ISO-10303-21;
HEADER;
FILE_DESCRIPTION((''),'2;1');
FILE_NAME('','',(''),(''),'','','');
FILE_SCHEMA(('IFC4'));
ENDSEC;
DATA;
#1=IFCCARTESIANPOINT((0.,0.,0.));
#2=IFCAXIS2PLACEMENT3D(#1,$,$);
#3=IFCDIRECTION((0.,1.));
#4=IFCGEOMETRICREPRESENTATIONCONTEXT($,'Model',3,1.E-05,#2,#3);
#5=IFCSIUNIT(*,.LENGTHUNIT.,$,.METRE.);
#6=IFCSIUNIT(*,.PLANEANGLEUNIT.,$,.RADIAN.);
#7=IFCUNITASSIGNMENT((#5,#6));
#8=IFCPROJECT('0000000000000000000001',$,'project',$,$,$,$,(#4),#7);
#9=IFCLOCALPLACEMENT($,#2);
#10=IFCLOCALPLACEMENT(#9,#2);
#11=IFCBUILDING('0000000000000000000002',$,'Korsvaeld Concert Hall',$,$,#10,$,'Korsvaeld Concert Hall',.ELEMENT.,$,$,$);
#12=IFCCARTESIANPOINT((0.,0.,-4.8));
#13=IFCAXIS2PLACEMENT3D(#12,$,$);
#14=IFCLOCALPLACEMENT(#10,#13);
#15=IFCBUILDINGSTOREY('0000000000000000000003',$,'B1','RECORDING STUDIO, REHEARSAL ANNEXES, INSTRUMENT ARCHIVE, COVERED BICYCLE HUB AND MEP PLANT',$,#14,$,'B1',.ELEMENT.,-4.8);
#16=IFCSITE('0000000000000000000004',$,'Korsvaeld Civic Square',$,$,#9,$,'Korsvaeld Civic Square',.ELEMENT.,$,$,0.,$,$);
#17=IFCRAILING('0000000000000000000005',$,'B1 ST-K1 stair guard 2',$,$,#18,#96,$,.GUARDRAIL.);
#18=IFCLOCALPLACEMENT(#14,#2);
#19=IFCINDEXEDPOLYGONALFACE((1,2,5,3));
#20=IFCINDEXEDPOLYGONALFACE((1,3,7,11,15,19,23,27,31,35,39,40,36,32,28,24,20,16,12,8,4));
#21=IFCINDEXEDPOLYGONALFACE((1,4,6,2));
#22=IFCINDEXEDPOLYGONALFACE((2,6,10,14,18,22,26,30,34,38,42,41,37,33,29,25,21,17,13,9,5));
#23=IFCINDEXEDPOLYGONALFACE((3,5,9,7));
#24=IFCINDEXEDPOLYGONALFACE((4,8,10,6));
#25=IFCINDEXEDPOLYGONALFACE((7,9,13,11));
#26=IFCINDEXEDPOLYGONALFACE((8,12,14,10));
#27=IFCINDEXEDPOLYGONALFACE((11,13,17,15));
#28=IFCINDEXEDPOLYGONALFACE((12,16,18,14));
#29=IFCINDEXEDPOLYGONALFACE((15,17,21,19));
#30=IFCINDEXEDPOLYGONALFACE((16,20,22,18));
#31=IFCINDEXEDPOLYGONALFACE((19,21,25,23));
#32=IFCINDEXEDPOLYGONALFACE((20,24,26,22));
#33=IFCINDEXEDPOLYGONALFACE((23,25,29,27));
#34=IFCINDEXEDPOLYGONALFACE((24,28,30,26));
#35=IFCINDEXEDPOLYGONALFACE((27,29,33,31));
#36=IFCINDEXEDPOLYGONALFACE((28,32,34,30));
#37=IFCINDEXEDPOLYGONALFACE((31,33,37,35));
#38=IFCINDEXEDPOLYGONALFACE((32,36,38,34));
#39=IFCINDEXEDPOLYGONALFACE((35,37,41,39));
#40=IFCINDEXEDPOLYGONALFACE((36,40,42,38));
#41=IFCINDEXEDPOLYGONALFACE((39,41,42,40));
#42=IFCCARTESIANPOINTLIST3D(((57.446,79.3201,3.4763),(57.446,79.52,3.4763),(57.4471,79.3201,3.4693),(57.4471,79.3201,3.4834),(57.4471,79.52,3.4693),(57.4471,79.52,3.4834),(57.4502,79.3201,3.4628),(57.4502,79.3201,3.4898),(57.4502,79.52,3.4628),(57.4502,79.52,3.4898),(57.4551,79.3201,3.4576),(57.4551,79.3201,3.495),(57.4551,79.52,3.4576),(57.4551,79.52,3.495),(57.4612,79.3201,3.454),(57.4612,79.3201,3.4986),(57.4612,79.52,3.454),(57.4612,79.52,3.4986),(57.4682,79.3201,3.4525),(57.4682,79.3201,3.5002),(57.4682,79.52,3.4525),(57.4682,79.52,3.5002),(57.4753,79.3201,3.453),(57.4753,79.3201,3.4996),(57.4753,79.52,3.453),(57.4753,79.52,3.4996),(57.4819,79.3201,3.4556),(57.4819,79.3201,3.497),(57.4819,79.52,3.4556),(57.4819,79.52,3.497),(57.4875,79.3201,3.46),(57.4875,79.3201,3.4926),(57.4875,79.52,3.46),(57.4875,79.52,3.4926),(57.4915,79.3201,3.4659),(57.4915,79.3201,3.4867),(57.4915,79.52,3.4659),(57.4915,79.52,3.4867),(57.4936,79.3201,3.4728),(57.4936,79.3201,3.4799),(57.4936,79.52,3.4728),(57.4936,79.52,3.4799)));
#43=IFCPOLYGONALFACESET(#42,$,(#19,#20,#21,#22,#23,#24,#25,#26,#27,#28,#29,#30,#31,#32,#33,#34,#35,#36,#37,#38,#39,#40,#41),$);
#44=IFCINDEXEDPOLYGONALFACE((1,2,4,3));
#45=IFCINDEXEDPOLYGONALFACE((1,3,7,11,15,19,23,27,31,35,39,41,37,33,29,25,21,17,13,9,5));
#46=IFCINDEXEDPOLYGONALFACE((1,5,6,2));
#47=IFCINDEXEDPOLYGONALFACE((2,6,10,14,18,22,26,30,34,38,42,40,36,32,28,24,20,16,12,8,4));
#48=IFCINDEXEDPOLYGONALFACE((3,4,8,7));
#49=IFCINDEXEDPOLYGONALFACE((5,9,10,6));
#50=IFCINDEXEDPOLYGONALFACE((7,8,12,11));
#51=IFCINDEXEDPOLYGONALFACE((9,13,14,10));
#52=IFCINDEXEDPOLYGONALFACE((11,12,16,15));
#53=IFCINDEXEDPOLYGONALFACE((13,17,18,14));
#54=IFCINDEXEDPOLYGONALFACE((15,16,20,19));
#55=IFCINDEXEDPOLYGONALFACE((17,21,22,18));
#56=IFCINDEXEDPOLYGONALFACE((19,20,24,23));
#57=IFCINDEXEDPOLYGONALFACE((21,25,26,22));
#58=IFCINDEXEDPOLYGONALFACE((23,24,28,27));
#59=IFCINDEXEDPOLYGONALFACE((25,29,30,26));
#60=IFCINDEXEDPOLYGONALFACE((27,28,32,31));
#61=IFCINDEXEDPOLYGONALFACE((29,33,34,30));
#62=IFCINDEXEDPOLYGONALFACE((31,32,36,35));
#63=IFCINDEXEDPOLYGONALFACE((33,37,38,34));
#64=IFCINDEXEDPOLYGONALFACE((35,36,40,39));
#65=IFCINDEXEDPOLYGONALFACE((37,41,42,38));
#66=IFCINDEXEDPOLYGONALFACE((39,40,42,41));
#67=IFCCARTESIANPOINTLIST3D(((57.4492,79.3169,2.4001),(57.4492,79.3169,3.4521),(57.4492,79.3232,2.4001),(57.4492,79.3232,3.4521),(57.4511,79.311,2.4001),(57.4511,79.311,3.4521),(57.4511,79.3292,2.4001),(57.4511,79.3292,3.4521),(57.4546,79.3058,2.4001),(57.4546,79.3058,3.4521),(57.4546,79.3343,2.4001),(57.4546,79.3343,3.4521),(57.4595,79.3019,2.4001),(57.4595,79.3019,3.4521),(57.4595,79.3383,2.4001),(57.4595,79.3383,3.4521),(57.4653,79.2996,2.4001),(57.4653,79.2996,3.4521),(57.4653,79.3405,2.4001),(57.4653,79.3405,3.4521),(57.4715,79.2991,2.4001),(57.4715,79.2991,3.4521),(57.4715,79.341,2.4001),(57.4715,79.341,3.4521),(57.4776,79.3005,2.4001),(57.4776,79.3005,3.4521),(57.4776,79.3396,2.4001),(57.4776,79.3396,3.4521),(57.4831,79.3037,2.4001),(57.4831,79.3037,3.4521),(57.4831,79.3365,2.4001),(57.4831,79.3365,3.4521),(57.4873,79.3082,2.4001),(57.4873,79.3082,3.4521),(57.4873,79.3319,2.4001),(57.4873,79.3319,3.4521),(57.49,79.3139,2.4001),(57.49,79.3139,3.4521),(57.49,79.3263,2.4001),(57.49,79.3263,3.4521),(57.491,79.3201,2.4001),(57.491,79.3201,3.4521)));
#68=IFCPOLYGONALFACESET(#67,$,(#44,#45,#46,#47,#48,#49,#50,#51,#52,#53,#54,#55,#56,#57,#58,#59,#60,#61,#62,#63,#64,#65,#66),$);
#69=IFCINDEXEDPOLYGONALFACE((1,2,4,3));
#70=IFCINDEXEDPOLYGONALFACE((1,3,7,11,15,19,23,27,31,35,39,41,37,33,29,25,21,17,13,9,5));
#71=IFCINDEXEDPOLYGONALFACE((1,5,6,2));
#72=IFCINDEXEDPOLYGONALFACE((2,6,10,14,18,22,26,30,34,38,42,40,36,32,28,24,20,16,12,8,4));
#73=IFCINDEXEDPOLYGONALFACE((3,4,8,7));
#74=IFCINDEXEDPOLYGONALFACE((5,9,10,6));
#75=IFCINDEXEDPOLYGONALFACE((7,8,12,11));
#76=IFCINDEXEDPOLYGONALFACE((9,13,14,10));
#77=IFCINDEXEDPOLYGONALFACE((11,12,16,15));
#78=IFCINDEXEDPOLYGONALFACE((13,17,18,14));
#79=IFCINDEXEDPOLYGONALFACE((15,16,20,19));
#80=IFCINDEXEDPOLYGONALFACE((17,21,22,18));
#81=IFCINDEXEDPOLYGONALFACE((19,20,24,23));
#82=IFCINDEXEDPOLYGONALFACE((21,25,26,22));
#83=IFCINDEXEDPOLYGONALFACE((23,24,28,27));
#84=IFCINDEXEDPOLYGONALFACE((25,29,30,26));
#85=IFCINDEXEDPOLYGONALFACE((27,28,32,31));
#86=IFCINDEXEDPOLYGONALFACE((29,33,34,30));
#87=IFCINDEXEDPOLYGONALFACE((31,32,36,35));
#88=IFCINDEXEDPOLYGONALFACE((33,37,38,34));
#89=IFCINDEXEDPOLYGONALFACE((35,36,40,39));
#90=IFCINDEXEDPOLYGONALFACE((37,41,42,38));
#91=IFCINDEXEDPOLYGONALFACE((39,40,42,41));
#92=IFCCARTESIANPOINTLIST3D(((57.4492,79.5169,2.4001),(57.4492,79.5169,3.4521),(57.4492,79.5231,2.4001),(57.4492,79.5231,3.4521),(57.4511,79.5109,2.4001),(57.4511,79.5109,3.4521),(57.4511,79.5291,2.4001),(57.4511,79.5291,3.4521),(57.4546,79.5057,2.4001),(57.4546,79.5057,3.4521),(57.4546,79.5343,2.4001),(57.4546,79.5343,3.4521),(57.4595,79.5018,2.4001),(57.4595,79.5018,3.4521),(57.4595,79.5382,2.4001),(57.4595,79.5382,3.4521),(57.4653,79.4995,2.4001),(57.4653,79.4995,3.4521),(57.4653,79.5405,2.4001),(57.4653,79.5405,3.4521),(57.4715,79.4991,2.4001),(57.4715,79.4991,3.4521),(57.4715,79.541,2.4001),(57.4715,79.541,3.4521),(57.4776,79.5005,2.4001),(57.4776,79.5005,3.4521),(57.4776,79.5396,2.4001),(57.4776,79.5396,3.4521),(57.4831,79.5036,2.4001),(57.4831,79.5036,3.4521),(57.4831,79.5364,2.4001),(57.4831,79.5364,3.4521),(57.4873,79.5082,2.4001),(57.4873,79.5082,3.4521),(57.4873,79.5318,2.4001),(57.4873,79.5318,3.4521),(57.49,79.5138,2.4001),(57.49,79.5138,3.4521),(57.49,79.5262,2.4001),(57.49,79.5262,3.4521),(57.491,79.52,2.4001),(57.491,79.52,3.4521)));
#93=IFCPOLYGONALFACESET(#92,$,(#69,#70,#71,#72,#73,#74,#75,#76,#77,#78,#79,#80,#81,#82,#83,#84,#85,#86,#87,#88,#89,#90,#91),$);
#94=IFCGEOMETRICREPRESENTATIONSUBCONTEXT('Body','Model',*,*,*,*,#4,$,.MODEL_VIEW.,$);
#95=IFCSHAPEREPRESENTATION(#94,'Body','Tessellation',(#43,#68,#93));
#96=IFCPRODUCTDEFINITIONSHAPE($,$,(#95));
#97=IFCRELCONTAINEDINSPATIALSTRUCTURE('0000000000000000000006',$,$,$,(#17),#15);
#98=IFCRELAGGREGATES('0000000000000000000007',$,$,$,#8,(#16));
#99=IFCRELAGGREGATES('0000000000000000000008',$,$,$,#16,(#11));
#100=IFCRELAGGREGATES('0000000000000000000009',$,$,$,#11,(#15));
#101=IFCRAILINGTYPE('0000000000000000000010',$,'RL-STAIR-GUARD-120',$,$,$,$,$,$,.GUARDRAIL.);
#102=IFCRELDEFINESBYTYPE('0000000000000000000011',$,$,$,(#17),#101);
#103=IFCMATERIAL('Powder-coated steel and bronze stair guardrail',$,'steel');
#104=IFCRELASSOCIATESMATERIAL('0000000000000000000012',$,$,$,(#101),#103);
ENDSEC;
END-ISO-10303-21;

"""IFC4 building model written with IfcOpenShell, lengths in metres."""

from ifc_helpers import new_model, si_unit, direction, frame, origin, origin_2d, place, context, subcontext, project, spatial, circle, extrude, material, type_object, element, save


model = new_model("IFC4")

# Units and contexts
model_context = context("Model", 3, precision=1e-05, world=origin(), true_north=direction((0.0, 1.0)))
body_context = subcontext(model_context, "Body", "Model", "MODEL_VIEW")
ifc_project = project(units=[si_unit("LENGTHUNIT", "METRE"), si_unit("PLANEANGLEUNIT", "RADIAN")], contexts=[model_context])

# Site, building, storey
site_placement = place(None, origin())
site = spatial("IfcSite", under=ifc_project, at=site_placement, Name="Korsvaeld Civic Square", LongName="Korsvaeld Civic Square", CompositionType="ELEMENT", RefElevation=0.0)
building_placement = place(site_placement, origin())
building = spatial("IfcBuilding", under=site, at=building_placement, Name="Korsvaeld Concert Hall", LongName="Korsvaeld Concert Hall", CompositionType="ELEMENT")
storey_placement = place(building_placement, frame((0.0, 0.0, -4.8)))
storey = spatial("IfcBuildingStorey", under=building, at=storey_placement, Name="B1", Description="RECORDING STUDIO, REHEARSAL ANNEXES, INSTRUMENT ARCHIVE, COVERED BICYCLE HUB AND MEP PLANT", LongName="B1", CompositionType="ELEMENT", Elevation=-4.8)

# Railing
ifc_material_1 = material(Name="Powder-coated steel and bronze stair guardrail", Category="steel")
railing_type_1 = type_object("IfcRailingType", Name="RL-STAIR-GUARD-120", PredefinedType="GUARDRAIL", material=ifc_material_1)
railing_1_placement = place(storey_placement, frame((57.47, 79.3201, 2.4001)))
element("IfcRailing", 1, at=railing_1_placement, inside=storey, type_object=railing_type_1, Name="B1 ST-K1 stair guard 2", PredefinedType="GUARDRAIL", context=body_context, shape_type="SweptSolid", body=[
    extrude(circle(Radius=0.0239, at=origin_2d()), frame((0.0, 0.0, 1.0762), z_axis=(0.0, 1.0, 0.0), x_axis=(-1.0, 0.0, 0.0)), (0.0, 0.0, 1.0), 0.2),
    extrude(circle(Radius=0.021, at=origin_2d()), origin(), (0.0, 0.0, 1.0), 1.052),
    extrude(circle(Radius=0.021, at=origin_2d()), frame((0.0, 0.2, 0.0)), (0.0, 0.0, 1.0), 1.052),
])

save(model, "model.ifc")
